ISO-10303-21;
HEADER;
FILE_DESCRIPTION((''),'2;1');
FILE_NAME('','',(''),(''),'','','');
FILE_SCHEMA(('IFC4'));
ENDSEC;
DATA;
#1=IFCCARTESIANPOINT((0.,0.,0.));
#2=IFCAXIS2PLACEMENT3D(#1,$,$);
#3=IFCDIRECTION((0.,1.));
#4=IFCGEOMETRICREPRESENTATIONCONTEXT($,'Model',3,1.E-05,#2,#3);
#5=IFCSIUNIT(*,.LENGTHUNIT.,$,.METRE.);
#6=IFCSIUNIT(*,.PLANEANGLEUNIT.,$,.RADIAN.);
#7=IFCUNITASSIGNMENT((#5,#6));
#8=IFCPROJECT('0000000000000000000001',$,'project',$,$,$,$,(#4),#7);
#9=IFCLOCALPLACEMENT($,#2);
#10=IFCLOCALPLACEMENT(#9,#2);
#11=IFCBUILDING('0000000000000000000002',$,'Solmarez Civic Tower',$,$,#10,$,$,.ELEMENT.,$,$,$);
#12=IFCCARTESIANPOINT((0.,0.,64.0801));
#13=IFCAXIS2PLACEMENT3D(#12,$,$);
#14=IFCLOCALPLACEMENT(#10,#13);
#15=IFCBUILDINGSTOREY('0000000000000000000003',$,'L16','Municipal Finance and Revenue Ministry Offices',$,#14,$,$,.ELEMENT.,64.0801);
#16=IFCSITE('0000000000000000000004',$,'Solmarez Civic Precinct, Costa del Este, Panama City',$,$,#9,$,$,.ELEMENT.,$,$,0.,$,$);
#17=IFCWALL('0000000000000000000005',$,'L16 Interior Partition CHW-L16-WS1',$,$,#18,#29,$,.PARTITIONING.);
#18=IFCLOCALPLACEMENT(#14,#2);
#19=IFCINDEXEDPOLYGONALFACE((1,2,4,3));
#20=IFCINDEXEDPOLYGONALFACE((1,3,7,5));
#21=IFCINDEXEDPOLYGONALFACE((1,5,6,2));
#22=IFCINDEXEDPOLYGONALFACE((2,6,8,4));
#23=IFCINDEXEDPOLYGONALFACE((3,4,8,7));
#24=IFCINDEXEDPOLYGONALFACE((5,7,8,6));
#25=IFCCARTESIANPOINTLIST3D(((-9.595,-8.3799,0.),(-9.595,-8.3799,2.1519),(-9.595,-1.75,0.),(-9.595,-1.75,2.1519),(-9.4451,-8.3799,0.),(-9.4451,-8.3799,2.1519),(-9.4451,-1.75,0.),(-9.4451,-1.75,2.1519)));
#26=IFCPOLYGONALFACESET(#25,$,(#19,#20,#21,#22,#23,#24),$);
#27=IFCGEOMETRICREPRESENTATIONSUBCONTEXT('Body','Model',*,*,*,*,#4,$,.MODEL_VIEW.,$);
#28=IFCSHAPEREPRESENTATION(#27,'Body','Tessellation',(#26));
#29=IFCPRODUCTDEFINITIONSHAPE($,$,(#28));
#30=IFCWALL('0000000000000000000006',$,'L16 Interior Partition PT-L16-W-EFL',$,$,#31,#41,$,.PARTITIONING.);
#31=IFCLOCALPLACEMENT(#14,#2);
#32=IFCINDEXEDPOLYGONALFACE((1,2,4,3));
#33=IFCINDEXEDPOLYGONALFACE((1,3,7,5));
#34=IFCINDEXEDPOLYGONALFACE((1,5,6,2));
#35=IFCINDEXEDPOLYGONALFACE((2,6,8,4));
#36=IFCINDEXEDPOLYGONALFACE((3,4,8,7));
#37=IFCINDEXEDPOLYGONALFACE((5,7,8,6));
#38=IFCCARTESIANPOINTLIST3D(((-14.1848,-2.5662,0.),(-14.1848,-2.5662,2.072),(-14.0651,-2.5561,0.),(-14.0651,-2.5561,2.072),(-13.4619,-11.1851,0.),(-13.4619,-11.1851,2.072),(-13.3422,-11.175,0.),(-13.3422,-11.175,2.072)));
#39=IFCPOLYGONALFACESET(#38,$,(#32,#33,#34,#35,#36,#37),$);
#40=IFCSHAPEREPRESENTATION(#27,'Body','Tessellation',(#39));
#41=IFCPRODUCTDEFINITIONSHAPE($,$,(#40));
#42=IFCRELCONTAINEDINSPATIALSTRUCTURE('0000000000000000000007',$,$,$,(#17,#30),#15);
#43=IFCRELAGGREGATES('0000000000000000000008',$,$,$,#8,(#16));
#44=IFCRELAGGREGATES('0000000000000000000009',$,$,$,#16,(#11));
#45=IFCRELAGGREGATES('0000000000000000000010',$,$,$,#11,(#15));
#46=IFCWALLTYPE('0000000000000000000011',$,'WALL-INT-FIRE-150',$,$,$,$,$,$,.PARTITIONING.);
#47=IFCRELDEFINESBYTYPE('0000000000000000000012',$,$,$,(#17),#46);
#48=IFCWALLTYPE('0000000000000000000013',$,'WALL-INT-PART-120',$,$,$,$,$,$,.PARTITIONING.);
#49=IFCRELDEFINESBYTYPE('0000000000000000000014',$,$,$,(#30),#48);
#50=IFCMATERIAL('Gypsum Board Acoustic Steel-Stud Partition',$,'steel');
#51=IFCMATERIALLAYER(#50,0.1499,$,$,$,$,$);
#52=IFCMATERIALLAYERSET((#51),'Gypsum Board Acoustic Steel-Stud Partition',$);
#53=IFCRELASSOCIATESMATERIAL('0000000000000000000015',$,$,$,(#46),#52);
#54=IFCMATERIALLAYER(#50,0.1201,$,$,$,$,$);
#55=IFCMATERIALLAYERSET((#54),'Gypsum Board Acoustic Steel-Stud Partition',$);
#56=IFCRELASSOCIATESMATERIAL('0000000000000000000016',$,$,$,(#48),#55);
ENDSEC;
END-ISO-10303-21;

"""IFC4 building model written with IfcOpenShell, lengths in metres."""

from ifc_helpers import new_model, si_unit, direction, frame, frame_2d, origin, place, context, subcontext, project, spatial, rectangle, extrude, material, layer, layer_set, type_object, element, save


model = new_model("IFC4")

# Units and contexts
model_context = context("Model", 3, precision=1e-05, world=origin(), true_north=direction((0.0, 1.0)))
body_context = subcontext(model_context, "Body", "Model", "MODEL_VIEW")
ifc_project = project(units=[si_unit("LENGTHUNIT", "METRE"), si_unit("PLANEANGLEUNIT", "RADIAN")], contexts=[model_context])

# Site, building, storey
site_placement = place(None, origin())
site = spatial("IfcSite", under=ifc_project, at=site_placement, Name="Solmarez Civic Precinct, Costa del Este, Panama City", CompositionType="ELEMENT", RefElevation=0.0)
building_placement = place(site_placement, origin())
building = spatial("IfcBuilding", under=site, at=building_placement, Name="Solmarez Civic Tower", CompositionType="ELEMENT")
storey_placement = place(building_placement, frame((0.0, 0.0, 64.0801)))
storey = spatial("IfcBuildingStorey", under=building, at=storey_placement, Name="L16", Description="Municipal Finance and Revenue Ministry Offices", CompositionType="ELEMENT", Elevation=64.0801)

# Walls
ifc_material_1 = material(Name="Gypsum Board Acoustic Steel-Stud Partition", Category="steel")
ifc_layer_1 = layer(ifc_material_1, 0.1499)
ifc_layer_set_1 = layer_set([ifc_layer_1], Name="Gypsum Board Acoustic Steel-Stud Partition")
wall_type_1 = type_object("IfcWallType", Name="WALL-INT-FIRE-150", PredefinedType="PARTITIONING", material=ifc_layer_set_1)
for number, where, z_axis, x_axis, name in (
    (1, (-9.52, -8.3799, 0.0), (0.0, 0.0, 1.0), (0.0, 1.0, 0.0), "L16 Interior Partition CHW-L16-WS1"),
):
    element("IfcWall", number, at=place(storey_placement, frame(where, z_axis=z_axis, x_axis=x_axis)), inside=storey, type_object=wall_type_1, Name=name, PredefinedType="PARTITIONING", context=body_context, shape_type="SweptSolid", body=[
        extrude(rectangle(XDim=6.6299, YDim=0.1499, at=frame_2d((3.3149, 0.0))), origin(), (0.0, 0.0, 1.0), 2.1519),
    ])
ifc_layer_2 = layer(ifc_material_1, 0.1201)
ifc_layer_set_2 = layer_set([ifc_layer_2], Name="Gypsum Board Acoustic Steel-Stud Partition")
wall_type_2 = type_object("IfcWallType", Name="WALL-INT-PART-120", PredefinedType="PARTITIONING", material=ifc_layer_set_2)
wall_1_placement = place(storey_placement, frame((-14.125, -2.561, 0.0), z_axis=(0.0, 0.0, 1.0), x_axis=(0.08358, -0.996501, 0.0)))
element("IfcWall", 2, at=wall_1_placement, inside=storey, type_object=wall_type_2, Name="L16 Interior Partition PT-L16-W-EFL", PredefinedType="PARTITIONING", context=body_context, shape_type="SweptSolid", body=[
    extrude(rectangle(XDim=8.6492, YDim=0.1201, at=frame_2d((4.3247, 0.0))), origin(), (0.0, 0.0, 1.0), 2.072),
])

save(model, "model.ifc")
